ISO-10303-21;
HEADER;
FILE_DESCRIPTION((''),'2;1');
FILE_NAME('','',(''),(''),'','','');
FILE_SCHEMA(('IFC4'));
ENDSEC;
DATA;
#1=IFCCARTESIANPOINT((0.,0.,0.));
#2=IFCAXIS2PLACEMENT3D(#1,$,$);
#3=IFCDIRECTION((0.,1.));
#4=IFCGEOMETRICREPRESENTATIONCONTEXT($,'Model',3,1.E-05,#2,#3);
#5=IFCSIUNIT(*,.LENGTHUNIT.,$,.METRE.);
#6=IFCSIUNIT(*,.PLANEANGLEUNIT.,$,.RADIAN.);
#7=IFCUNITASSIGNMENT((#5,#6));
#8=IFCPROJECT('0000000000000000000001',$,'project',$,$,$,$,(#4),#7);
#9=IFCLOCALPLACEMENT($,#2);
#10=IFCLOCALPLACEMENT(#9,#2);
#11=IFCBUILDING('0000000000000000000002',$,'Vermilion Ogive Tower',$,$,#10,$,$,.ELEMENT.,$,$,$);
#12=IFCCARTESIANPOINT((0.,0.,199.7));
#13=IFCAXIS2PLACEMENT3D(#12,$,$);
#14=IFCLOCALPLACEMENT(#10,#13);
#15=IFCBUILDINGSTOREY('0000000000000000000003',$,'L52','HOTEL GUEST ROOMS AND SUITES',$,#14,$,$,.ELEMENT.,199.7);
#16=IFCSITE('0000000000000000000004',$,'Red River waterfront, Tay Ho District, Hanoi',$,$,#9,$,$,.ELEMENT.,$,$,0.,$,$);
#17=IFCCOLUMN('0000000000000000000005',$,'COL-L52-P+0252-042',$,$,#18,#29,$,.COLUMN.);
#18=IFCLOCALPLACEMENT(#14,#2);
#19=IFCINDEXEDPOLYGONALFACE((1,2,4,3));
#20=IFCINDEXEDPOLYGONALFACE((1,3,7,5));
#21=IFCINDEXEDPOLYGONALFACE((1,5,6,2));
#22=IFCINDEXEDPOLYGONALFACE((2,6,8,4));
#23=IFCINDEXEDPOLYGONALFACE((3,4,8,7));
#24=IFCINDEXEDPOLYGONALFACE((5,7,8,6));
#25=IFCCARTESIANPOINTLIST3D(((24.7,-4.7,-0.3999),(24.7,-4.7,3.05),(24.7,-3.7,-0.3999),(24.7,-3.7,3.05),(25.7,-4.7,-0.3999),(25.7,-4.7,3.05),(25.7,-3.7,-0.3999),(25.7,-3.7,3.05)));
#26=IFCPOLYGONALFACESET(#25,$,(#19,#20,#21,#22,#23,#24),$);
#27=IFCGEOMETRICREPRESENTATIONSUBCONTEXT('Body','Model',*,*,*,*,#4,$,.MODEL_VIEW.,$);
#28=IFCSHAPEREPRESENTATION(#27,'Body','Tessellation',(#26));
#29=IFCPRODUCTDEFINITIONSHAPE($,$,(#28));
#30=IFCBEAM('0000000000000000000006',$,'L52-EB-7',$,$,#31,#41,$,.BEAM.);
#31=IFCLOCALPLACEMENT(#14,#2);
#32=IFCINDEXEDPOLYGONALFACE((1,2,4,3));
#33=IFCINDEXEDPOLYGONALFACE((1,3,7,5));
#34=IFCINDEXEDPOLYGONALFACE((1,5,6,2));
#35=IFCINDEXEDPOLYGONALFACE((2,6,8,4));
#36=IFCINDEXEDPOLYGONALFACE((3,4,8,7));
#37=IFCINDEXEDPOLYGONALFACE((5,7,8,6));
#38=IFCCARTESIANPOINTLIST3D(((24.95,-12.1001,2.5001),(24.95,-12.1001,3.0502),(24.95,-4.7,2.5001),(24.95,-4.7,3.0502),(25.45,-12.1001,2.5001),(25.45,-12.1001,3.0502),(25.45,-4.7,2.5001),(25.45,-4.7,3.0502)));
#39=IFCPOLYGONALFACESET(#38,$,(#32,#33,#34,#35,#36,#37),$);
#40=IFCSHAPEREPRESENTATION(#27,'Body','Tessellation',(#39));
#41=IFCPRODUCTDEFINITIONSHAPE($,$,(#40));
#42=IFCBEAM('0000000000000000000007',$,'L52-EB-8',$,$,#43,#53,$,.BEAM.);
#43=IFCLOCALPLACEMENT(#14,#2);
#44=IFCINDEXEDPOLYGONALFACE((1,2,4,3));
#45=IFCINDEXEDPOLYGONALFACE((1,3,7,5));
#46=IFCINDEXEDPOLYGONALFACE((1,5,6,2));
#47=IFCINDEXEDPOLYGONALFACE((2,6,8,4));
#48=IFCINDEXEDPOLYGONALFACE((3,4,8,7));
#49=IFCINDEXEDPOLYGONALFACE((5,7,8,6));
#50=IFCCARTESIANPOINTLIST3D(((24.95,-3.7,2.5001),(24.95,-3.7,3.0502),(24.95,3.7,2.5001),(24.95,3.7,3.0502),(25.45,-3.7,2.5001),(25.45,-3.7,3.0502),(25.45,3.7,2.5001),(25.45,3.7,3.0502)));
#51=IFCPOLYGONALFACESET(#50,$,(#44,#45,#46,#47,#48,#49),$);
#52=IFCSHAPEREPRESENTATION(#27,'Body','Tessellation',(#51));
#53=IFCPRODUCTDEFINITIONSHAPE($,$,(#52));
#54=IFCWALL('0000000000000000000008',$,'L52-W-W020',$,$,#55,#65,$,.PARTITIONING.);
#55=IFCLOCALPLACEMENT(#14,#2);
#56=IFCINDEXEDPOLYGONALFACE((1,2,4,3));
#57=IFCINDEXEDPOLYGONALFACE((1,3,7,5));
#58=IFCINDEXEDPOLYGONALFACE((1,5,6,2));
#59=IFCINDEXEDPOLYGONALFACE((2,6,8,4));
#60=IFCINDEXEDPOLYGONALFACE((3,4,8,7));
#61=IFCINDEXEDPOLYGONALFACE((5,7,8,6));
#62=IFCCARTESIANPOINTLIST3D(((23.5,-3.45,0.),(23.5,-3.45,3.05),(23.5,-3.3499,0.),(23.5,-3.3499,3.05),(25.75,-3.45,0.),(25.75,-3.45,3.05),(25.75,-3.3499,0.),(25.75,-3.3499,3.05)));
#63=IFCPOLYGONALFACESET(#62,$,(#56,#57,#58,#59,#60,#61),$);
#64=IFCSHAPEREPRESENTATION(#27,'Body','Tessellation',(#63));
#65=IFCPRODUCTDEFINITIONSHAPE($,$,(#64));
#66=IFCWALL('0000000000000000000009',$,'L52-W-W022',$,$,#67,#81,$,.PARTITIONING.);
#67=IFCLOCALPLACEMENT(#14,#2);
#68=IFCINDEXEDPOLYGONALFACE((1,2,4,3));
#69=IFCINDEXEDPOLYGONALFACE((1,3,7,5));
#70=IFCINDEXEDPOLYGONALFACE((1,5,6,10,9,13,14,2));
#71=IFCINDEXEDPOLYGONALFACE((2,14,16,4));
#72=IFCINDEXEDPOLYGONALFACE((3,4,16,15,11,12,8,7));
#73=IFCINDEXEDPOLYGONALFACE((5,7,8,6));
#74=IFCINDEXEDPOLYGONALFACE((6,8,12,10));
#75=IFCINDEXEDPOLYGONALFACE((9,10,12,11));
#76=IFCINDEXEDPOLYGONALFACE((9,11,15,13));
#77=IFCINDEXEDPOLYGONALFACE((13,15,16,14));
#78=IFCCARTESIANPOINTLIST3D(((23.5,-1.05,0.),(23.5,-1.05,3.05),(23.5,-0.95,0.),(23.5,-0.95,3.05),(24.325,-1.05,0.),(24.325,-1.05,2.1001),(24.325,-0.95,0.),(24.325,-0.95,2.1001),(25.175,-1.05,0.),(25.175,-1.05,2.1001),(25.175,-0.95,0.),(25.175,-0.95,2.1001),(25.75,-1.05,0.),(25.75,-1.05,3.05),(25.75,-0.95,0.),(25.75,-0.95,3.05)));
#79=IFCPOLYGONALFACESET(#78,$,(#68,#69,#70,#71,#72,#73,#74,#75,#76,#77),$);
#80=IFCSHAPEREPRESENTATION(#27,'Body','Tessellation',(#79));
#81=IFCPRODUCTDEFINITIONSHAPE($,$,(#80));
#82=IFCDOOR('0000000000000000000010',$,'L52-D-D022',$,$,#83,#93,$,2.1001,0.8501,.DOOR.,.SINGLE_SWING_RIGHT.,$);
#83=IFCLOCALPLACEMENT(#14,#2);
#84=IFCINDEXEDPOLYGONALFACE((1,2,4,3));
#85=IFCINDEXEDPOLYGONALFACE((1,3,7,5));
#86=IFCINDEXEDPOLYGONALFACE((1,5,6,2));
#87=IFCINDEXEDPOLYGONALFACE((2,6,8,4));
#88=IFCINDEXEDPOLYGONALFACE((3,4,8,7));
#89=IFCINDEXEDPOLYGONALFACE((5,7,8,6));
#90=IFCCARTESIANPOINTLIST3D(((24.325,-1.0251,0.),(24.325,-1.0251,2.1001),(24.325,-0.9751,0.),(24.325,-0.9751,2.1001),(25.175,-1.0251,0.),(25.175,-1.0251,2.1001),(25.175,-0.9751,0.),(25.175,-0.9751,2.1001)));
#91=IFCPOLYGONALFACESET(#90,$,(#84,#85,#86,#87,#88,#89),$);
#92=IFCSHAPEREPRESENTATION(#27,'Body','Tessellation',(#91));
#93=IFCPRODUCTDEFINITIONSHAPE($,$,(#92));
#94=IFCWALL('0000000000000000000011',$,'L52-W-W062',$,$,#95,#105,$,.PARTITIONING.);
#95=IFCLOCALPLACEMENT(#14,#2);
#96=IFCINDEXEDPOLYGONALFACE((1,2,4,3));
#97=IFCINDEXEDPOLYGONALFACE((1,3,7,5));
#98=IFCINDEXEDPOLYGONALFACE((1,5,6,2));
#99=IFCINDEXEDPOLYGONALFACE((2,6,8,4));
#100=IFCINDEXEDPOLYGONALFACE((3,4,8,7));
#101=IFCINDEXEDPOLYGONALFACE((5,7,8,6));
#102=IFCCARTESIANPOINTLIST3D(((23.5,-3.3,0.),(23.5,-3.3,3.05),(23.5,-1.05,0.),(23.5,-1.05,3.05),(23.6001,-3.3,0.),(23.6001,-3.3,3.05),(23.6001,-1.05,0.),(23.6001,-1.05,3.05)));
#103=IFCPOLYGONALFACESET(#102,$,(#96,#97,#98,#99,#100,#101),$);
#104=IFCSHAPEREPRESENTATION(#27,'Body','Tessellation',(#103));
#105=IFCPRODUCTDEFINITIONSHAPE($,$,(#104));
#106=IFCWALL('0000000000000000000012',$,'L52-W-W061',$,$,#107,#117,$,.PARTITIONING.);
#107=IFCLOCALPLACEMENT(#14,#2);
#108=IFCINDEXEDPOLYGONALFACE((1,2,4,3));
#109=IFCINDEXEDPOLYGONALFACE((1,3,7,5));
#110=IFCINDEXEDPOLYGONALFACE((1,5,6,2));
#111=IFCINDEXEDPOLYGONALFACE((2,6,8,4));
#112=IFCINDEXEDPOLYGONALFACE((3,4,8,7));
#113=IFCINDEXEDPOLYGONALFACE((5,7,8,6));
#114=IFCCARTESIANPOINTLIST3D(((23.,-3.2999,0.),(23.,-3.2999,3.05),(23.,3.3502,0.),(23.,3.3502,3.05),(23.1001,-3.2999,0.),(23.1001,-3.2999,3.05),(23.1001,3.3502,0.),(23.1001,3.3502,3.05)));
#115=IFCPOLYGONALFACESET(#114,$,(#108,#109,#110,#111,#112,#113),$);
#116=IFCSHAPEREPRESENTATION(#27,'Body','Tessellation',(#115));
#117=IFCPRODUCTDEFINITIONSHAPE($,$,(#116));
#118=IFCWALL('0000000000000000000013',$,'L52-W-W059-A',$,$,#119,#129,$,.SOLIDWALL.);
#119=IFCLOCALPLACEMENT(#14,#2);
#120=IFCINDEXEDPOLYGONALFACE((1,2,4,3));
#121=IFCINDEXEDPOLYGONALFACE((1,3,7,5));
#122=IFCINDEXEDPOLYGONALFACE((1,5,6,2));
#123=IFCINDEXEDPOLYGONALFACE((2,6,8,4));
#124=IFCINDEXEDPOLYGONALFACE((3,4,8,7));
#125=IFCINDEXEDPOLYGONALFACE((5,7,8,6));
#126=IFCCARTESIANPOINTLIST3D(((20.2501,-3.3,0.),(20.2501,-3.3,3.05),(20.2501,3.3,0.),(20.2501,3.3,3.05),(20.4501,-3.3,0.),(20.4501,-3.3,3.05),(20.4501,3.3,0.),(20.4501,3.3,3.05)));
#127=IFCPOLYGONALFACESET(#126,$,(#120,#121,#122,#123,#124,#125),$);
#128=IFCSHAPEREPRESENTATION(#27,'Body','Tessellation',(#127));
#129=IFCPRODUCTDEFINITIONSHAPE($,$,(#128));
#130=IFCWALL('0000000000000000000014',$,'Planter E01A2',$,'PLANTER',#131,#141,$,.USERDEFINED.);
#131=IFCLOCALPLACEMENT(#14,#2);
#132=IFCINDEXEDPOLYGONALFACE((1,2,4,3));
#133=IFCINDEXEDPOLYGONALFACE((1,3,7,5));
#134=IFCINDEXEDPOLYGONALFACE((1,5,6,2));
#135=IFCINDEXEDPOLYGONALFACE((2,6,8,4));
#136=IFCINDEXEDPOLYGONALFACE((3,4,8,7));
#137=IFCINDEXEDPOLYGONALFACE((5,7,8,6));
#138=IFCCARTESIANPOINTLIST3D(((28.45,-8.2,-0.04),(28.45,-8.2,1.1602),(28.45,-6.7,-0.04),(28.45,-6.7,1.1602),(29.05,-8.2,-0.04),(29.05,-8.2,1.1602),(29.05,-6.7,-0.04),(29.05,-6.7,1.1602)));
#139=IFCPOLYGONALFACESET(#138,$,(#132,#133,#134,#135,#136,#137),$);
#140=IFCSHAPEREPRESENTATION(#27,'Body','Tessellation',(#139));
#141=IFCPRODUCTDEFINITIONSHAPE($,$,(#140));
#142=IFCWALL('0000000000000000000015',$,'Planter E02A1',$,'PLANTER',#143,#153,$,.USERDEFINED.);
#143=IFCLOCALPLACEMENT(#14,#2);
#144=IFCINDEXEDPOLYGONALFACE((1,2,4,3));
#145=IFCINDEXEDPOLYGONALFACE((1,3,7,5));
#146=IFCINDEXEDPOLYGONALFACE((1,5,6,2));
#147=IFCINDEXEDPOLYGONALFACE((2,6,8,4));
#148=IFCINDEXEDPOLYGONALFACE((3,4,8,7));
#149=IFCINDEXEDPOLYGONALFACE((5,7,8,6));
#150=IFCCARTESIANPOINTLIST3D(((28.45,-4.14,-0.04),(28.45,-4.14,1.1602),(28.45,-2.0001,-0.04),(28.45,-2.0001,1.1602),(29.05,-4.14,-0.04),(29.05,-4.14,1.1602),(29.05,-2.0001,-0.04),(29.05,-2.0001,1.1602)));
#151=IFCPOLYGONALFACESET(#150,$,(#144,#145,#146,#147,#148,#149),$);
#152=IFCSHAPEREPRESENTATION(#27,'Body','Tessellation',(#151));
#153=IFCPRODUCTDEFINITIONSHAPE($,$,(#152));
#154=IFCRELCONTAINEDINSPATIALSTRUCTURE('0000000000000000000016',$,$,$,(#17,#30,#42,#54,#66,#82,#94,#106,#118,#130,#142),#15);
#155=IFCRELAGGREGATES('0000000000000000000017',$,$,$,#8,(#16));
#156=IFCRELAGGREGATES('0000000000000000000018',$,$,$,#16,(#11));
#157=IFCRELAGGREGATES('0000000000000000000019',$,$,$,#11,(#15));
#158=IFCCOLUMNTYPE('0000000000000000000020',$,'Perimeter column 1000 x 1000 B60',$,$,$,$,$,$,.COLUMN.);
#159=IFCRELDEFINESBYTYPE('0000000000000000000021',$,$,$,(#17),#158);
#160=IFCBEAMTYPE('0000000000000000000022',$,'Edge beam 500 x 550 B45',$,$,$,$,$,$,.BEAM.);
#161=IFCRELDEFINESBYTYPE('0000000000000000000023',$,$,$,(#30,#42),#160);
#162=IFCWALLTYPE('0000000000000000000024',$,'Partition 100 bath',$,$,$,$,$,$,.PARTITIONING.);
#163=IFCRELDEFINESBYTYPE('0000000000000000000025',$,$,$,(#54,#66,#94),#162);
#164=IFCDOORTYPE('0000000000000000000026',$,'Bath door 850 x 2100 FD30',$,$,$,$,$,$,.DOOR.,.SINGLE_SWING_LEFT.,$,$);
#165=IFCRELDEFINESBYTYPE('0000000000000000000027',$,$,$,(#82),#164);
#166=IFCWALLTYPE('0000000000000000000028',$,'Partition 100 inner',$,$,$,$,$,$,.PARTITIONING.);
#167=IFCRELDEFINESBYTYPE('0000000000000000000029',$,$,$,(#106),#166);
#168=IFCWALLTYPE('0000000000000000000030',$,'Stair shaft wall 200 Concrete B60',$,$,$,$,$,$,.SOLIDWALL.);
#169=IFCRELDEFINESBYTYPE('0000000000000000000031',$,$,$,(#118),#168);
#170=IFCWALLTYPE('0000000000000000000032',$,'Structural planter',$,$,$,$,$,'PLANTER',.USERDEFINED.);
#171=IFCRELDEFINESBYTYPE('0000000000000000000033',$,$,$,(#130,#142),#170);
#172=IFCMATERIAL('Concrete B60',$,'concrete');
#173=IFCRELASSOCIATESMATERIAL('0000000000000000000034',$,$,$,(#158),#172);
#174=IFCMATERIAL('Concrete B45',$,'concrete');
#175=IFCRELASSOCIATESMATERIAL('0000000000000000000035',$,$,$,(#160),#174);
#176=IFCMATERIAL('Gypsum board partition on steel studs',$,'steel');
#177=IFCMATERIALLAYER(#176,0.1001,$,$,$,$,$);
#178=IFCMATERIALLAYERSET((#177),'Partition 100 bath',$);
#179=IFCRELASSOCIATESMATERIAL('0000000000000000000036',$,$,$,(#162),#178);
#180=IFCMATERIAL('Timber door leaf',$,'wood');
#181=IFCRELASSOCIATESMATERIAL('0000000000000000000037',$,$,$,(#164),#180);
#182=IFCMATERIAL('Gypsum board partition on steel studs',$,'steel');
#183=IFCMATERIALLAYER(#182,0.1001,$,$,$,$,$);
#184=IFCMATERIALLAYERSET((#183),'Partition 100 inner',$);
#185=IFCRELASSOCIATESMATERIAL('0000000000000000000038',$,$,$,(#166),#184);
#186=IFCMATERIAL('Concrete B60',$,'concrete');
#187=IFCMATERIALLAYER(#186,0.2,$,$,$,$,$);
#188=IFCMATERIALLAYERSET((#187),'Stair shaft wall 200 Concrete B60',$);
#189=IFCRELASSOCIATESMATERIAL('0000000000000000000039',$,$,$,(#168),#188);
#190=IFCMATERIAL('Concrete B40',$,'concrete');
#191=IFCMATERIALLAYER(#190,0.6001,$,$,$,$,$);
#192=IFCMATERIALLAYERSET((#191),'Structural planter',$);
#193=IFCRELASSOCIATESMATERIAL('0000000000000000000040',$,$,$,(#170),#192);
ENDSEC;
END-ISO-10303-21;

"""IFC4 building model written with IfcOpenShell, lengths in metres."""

from ifc_helpers import new_model, si_unit, direction, frame, frame_2d, origin, origin_2d, place, context, subcontext, project, spatial, rectangle, extrude, material, layer, layer_set, material_profile, profile_set, type_object, element, fill, save


model = new_model("IFC4")

# Units and contexts
model_context = context("Model", 3, precision=1e-05, world=origin(), true_north=direction((0.0, 1.0)))
body_context = subcontext(model_context, "Body", "Model", "MODEL_VIEW")
ifc_project = project(units=[si_unit("LENGTHUNIT", "METRE"), si_unit("PLANEANGLEUNIT", "RADIAN")], contexts=[model_context])

# Site, building, storey
site_placement = place(None, origin())
site = spatial("IfcSite", under=ifc_project, at=site_placement, Name="Red River waterfront, Tay Ho District, Hanoi", CompositionType="ELEMENT", RefElevation=0.0)
building_placement = place(site_placement, origin())
building = spatial("IfcBuilding", under=site, at=building_placement, Name="Vermilion Ogive Tower", CompositionType="ELEMENT")
storey_placement = place(building_placement, frame((0.0, 0.0, 199.7)))
storey = spatial("IfcBuildingStorey", under=building, at=storey_placement, Name="L52", Description="HOTEL GUEST ROOMS AND SUITES", CompositionType="ELEMENT", Elevation=199.7)

# Column
ifc_material_1 = material(Name="Concrete B60", Category="concrete")
ifc_material_profile_1 = material_profile(ifc_material_1, rectangle(XDim=1.0, YDim=1.0, at=origin_2d()), Name="1000 x 1000")
ifc_profile_set_1 = profile_set([ifc_material_profile_1], Name="Concrete B60")
column_type = type_object("IfcColumnType", Name="Perimeter column 1000 x 1000 B60", PredefinedType="COLUMN", material=ifc_profile_set_1)
column_placement = place(storey_placement, frame((25.2, -4.2, -0.3999), z_axis=(0.0, 0.0, 1.0), x_axis=(1.0, 0.0, 0.0)))
element("IfcColumn", 1, at=column_placement, inside=storey, type_object=column_type, Name="COL-L52-P+0252-042", PredefinedType="COLUMN", context=body_context, shape_type="SweptSolid", body=[
    extrude(rectangle(XDim=1.0, YDim=1.0, at=origin_2d()), origin(), (0.0, 0.0, 1.0), 3.45),
])

# Beams
ifc_material_2 = material(Name="Concrete B45", Category="concrete")
ifc_material_profile_2 = material_profile(ifc_material_2, rectangle(XDim=0.5, YDim=0.55, at=origin_2d()), Name="500 x 550")
ifc_profile_set_2 = profile_set([ifc_material_profile_2], Name="Concrete B45")
beam_type = type_object("IfcBeamType", Name="Edge beam 500 x 550 B45", PredefinedType="BEAM", material=ifc_profile_set_2)
beam_1_placement = place(storey_placement, frame((25.2, -12.1001, 2.7751), z_axis=(0.0, 1.0, 0.0), x_axis=(-1.0, 0.0, 0.0)))
element("IfcBeam", 2, at=beam_1_placement, inside=storey, type_object=beam_type, Name="L52-EB-7", PredefinedType="BEAM", context=body_context, shape_type="SweptSolid", body=[
    extrude(rectangle(XDim=0.5, YDim=0.55, at=origin_2d()), origin(), (0.0, 0.0, 1.0), 7.4001),
])
beam_2_placement = place(storey_placement, frame((25.2, -3.7, 2.7751), z_axis=(0.0, 1.0, 0.0), x_axis=(-1.0, 0.0, 0.0)))
element("IfcBeam", 3, at=beam_2_placement, inside=storey, type_object=beam_type, Name="L52-EB-8", PredefinedType="BEAM", context=body_context, shape_type="SweptSolid", body=[
    extrude(rectangle(XDim=0.5, YDim=0.55, at=origin_2d()), origin(), (0.0, 0.0, 1.0), 7.3999),
])

# Wall
ifc_material_3 = material(Name="Gypsum board partition on steel studs", Category="steel")
ifc_layer_1 = layer(ifc_material_3, 0.1001)
ifc_layer_set_1 = layer_set([ifc_layer_1], Name="Partition 100 bath")
wall_type_1 = type_object("IfcWallType", Name="Partition 100 bath", PredefinedType="PARTITIONING", material=ifc_layer_set_1)
wall_1_placement = place(storey_placement, frame((23.5, -3.3999, 0.0), z_axis=(0.0, 0.0, 1.0), x_axis=(1.0, 0.0, 0.0)))
element("IfcWall", 4, at=wall_1_placement, inside=storey, type_object=wall_type_1, Name="L52-W-W020", PredefinedType="PARTITIONING", context=body_context, shape_type="SweptSolid", body=[
    extrude(rectangle(XDim=2.25, YDim=0.1001, at=frame_2d((1.125, 0.0))), origin(), (0.0, 0.0, 1.0), 3.05),
])

# Wall, opening, door
wall_2_placement = place(storey_placement, frame((23.5, -1.0, 0.0), z_axis=(0.0, 0.0, 1.0), x_axis=(1.0, 0.0, 0.0)))
wall_2 = element("IfcWall", 5, at=wall_2_placement, inside=storey, type_object=wall_type_1, Name="L52-W-W022", PredefinedType="PARTITIONING", context=body_context, shape_type="SweptSolid", body=[
    extrude(rectangle(XDim=2.25, YDim=0.1001, at=frame_2d((1.125, 0.0))), origin(), (0.0, 0.0, 1.0), 3.05),
])
opening_1_placement = place(wall_2_placement, frame((0.825, 0.0, 0.0)))
opening_1 = element("IfcOpeningElement", 6, at=opening_1_placement, cuts=wall_2, PredefinedType="OPENING", context=body_context, shape_type="SweptSolid", body=[
    extrude(rectangle(XDim=0.8501, YDim=2.1001, at=frame_2d((0.425, 1.05))), frame((0.0, 0.0601, 0.0), z_axis=(0.0, -1.0, 0.0), x_axis=(1.0, 0.0, 0.0)), (0.0, 0.0, 1.0), 0.1201),
])
ifc_material_4 = material(Name="Timber door leaf", Category="wood")
door_type_1 = type_object("IfcDoorType", Name="Bath door 850 x 2100 FD30", OperationType="SINGLE_SWING_LEFT", PredefinedType="DOOR", material=ifc_material_4)
door_1_placement = place(opening_1_placement, origin())
door_1 = element("IfcDoor", 7, at=door_1_placement, inside=storey, type_object=door_type_1, Name="L52-D-D022", OperationType="SINGLE_SWING_RIGHT", OverallHeight=2.1001, OverallWidth=0.8501, PredefinedType="DOOR", context=body_context, shape_type="SweptSolid", body=[
    extrude(rectangle(XDim=0.8501, YDim=2.1001, at=frame_2d((0.425, 1.05))), frame((0.0, 0.0249, 0.0), z_axis=(0.0, -1.0, 0.0), x_axis=(1.0, 0.0, 0.0)), (0.0, 0.0, 1.0), 0.05),
])
fill(opening_1, door_1)

# Walls
wall_3_placement = place(storey_placement, frame((23.55, -3.3, 0.0), z_axis=(0.0, 0.0, 1.0), x_axis=(0.0, 1.0, 0.0)))
element("IfcWall", 8, at=wall_3_placement, inside=storey, type_object=wall_type_1, Name="L52-W-W062", PredefinedType="PARTITIONING", context=body_context, shape_type="SweptSolid", body=[
    extrude(rectangle(XDim=2.25, YDim=0.1001, at=frame_2d((1.125, 0.0))), origin(), (0.0, 0.0, 1.0), 3.05),
])
ifc_material_5 = material(Name="Gypsum board partition on steel studs", Category="steel")
ifc_layer_2 = layer(ifc_material_5, 0.1001)
ifc_layer_set_2 = layer_set([ifc_layer_2], Name="Partition 100 inner")
wall_type_2 = type_object("IfcWallType", Name="Partition 100 inner", PredefinedType="PARTITIONING", material=ifc_layer_set_2)
wall_4_placement = place(storey_placement, frame((23.05, -3.3, 0.0), z_axis=(0.0, 0.0, 1.0), x_axis=(0.0, 1.0, 0.0)))
element("IfcWall", 9, at=wall_4_placement, inside=storey, type_object=wall_type_2, Name="L52-W-W061", PredefinedType="PARTITIONING", context=body_context, shape_type="SweptSolid", body=[
    extrude(rectangle(XDim=6.6501, YDim=0.1001, at=frame_2d((3.3252, 0.0))), origin(), (0.0, 0.0, 1.0), 3.05),
])
ifc_material_6 = material(Name="Concrete B60", Category="concrete")
ifc_layer_3 = layer(ifc_material_6, 0.2)
ifc_layer_set_3 = layer_set([ifc_layer_3], Name="Stair shaft wall 200 Concrete B60")
wall_type_3 = type_object("IfcWallType", Name="Stair shaft wall 200 Concrete B60", PredefinedType="SOLIDWALL", material=ifc_layer_set_3)
wall_5_placement = place(storey_placement, frame((20.3501, -3.3, 0.0), z_axis=(0.0, 0.0, 1.0), x_axis=(0.0, 1.0, 0.0)))
element("IfcWall", 10, at=wall_5_placement, inside=storey, type_object=wall_type_3, Name="L52-W-W059-A", PredefinedType="SOLIDWALL", context=body_context, shape_type="SweptSolid", body=[
    extrude(rectangle(XDim=6.6001, YDim=0.2, at=frame_2d((3.3, 0.0))), origin(), (0.0, 0.0, 1.0), 3.05),
])
ifc_material_7 = material(Name="Concrete B40", Category="concrete")
ifc_layer_4 = layer(ifc_material_7, 0.6001)
ifc_layer_set_4 = layer_set([ifc_layer_4], Name="Structural planter")
wall_type_4 = type_object("IfcWallType", Name="Structural planter", ElementType="PLANTER", PredefinedType="USERDEFINED", material=ifc_layer_set_4)
wall_6_placement = place(storey_placement, frame((28.75, -8.2, -0.04), z_axis=(0.0, 0.0, 1.0), x_axis=(0.0, 1.0, 0.0)))
element("IfcWall", 11, at=wall_6_placement, inside=storey, type_object=wall_type_4, Name="Planter E01A2", ObjectType="PLANTER", PredefinedType="USERDEFINED", context=body_context, shape_type="SweptSolid", body=[
    extrude(rectangle(XDim=1.5, YDim=0.6001, at=frame_2d((0.75, 0.0))), origin(), (0.0, 0.0, 1.0), 1.2002),
])
wall_7_placement = place(storey_placement, frame((28.75, -4.1399, -0.04), z_axis=(0.0, 0.0, 1.0), x_axis=(0.0, 1.0, 0.0)))
element("IfcWall", 12, at=wall_7_placement, inside=storey, type_object=wall_type_4, Name="Planter E02A1", ObjectType="PLANTER", PredefinedType="USERDEFINED", context=body_context, shape_type="SweptSolid", body=[
    extrude(rectangle(XDim=2.1399, YDim=0.6001, at=frame_2d((1.0698, 0.0))), origin(), (0.0, 0.0, 1.0), 1.2002),
])

save(model, "model.ifc")
